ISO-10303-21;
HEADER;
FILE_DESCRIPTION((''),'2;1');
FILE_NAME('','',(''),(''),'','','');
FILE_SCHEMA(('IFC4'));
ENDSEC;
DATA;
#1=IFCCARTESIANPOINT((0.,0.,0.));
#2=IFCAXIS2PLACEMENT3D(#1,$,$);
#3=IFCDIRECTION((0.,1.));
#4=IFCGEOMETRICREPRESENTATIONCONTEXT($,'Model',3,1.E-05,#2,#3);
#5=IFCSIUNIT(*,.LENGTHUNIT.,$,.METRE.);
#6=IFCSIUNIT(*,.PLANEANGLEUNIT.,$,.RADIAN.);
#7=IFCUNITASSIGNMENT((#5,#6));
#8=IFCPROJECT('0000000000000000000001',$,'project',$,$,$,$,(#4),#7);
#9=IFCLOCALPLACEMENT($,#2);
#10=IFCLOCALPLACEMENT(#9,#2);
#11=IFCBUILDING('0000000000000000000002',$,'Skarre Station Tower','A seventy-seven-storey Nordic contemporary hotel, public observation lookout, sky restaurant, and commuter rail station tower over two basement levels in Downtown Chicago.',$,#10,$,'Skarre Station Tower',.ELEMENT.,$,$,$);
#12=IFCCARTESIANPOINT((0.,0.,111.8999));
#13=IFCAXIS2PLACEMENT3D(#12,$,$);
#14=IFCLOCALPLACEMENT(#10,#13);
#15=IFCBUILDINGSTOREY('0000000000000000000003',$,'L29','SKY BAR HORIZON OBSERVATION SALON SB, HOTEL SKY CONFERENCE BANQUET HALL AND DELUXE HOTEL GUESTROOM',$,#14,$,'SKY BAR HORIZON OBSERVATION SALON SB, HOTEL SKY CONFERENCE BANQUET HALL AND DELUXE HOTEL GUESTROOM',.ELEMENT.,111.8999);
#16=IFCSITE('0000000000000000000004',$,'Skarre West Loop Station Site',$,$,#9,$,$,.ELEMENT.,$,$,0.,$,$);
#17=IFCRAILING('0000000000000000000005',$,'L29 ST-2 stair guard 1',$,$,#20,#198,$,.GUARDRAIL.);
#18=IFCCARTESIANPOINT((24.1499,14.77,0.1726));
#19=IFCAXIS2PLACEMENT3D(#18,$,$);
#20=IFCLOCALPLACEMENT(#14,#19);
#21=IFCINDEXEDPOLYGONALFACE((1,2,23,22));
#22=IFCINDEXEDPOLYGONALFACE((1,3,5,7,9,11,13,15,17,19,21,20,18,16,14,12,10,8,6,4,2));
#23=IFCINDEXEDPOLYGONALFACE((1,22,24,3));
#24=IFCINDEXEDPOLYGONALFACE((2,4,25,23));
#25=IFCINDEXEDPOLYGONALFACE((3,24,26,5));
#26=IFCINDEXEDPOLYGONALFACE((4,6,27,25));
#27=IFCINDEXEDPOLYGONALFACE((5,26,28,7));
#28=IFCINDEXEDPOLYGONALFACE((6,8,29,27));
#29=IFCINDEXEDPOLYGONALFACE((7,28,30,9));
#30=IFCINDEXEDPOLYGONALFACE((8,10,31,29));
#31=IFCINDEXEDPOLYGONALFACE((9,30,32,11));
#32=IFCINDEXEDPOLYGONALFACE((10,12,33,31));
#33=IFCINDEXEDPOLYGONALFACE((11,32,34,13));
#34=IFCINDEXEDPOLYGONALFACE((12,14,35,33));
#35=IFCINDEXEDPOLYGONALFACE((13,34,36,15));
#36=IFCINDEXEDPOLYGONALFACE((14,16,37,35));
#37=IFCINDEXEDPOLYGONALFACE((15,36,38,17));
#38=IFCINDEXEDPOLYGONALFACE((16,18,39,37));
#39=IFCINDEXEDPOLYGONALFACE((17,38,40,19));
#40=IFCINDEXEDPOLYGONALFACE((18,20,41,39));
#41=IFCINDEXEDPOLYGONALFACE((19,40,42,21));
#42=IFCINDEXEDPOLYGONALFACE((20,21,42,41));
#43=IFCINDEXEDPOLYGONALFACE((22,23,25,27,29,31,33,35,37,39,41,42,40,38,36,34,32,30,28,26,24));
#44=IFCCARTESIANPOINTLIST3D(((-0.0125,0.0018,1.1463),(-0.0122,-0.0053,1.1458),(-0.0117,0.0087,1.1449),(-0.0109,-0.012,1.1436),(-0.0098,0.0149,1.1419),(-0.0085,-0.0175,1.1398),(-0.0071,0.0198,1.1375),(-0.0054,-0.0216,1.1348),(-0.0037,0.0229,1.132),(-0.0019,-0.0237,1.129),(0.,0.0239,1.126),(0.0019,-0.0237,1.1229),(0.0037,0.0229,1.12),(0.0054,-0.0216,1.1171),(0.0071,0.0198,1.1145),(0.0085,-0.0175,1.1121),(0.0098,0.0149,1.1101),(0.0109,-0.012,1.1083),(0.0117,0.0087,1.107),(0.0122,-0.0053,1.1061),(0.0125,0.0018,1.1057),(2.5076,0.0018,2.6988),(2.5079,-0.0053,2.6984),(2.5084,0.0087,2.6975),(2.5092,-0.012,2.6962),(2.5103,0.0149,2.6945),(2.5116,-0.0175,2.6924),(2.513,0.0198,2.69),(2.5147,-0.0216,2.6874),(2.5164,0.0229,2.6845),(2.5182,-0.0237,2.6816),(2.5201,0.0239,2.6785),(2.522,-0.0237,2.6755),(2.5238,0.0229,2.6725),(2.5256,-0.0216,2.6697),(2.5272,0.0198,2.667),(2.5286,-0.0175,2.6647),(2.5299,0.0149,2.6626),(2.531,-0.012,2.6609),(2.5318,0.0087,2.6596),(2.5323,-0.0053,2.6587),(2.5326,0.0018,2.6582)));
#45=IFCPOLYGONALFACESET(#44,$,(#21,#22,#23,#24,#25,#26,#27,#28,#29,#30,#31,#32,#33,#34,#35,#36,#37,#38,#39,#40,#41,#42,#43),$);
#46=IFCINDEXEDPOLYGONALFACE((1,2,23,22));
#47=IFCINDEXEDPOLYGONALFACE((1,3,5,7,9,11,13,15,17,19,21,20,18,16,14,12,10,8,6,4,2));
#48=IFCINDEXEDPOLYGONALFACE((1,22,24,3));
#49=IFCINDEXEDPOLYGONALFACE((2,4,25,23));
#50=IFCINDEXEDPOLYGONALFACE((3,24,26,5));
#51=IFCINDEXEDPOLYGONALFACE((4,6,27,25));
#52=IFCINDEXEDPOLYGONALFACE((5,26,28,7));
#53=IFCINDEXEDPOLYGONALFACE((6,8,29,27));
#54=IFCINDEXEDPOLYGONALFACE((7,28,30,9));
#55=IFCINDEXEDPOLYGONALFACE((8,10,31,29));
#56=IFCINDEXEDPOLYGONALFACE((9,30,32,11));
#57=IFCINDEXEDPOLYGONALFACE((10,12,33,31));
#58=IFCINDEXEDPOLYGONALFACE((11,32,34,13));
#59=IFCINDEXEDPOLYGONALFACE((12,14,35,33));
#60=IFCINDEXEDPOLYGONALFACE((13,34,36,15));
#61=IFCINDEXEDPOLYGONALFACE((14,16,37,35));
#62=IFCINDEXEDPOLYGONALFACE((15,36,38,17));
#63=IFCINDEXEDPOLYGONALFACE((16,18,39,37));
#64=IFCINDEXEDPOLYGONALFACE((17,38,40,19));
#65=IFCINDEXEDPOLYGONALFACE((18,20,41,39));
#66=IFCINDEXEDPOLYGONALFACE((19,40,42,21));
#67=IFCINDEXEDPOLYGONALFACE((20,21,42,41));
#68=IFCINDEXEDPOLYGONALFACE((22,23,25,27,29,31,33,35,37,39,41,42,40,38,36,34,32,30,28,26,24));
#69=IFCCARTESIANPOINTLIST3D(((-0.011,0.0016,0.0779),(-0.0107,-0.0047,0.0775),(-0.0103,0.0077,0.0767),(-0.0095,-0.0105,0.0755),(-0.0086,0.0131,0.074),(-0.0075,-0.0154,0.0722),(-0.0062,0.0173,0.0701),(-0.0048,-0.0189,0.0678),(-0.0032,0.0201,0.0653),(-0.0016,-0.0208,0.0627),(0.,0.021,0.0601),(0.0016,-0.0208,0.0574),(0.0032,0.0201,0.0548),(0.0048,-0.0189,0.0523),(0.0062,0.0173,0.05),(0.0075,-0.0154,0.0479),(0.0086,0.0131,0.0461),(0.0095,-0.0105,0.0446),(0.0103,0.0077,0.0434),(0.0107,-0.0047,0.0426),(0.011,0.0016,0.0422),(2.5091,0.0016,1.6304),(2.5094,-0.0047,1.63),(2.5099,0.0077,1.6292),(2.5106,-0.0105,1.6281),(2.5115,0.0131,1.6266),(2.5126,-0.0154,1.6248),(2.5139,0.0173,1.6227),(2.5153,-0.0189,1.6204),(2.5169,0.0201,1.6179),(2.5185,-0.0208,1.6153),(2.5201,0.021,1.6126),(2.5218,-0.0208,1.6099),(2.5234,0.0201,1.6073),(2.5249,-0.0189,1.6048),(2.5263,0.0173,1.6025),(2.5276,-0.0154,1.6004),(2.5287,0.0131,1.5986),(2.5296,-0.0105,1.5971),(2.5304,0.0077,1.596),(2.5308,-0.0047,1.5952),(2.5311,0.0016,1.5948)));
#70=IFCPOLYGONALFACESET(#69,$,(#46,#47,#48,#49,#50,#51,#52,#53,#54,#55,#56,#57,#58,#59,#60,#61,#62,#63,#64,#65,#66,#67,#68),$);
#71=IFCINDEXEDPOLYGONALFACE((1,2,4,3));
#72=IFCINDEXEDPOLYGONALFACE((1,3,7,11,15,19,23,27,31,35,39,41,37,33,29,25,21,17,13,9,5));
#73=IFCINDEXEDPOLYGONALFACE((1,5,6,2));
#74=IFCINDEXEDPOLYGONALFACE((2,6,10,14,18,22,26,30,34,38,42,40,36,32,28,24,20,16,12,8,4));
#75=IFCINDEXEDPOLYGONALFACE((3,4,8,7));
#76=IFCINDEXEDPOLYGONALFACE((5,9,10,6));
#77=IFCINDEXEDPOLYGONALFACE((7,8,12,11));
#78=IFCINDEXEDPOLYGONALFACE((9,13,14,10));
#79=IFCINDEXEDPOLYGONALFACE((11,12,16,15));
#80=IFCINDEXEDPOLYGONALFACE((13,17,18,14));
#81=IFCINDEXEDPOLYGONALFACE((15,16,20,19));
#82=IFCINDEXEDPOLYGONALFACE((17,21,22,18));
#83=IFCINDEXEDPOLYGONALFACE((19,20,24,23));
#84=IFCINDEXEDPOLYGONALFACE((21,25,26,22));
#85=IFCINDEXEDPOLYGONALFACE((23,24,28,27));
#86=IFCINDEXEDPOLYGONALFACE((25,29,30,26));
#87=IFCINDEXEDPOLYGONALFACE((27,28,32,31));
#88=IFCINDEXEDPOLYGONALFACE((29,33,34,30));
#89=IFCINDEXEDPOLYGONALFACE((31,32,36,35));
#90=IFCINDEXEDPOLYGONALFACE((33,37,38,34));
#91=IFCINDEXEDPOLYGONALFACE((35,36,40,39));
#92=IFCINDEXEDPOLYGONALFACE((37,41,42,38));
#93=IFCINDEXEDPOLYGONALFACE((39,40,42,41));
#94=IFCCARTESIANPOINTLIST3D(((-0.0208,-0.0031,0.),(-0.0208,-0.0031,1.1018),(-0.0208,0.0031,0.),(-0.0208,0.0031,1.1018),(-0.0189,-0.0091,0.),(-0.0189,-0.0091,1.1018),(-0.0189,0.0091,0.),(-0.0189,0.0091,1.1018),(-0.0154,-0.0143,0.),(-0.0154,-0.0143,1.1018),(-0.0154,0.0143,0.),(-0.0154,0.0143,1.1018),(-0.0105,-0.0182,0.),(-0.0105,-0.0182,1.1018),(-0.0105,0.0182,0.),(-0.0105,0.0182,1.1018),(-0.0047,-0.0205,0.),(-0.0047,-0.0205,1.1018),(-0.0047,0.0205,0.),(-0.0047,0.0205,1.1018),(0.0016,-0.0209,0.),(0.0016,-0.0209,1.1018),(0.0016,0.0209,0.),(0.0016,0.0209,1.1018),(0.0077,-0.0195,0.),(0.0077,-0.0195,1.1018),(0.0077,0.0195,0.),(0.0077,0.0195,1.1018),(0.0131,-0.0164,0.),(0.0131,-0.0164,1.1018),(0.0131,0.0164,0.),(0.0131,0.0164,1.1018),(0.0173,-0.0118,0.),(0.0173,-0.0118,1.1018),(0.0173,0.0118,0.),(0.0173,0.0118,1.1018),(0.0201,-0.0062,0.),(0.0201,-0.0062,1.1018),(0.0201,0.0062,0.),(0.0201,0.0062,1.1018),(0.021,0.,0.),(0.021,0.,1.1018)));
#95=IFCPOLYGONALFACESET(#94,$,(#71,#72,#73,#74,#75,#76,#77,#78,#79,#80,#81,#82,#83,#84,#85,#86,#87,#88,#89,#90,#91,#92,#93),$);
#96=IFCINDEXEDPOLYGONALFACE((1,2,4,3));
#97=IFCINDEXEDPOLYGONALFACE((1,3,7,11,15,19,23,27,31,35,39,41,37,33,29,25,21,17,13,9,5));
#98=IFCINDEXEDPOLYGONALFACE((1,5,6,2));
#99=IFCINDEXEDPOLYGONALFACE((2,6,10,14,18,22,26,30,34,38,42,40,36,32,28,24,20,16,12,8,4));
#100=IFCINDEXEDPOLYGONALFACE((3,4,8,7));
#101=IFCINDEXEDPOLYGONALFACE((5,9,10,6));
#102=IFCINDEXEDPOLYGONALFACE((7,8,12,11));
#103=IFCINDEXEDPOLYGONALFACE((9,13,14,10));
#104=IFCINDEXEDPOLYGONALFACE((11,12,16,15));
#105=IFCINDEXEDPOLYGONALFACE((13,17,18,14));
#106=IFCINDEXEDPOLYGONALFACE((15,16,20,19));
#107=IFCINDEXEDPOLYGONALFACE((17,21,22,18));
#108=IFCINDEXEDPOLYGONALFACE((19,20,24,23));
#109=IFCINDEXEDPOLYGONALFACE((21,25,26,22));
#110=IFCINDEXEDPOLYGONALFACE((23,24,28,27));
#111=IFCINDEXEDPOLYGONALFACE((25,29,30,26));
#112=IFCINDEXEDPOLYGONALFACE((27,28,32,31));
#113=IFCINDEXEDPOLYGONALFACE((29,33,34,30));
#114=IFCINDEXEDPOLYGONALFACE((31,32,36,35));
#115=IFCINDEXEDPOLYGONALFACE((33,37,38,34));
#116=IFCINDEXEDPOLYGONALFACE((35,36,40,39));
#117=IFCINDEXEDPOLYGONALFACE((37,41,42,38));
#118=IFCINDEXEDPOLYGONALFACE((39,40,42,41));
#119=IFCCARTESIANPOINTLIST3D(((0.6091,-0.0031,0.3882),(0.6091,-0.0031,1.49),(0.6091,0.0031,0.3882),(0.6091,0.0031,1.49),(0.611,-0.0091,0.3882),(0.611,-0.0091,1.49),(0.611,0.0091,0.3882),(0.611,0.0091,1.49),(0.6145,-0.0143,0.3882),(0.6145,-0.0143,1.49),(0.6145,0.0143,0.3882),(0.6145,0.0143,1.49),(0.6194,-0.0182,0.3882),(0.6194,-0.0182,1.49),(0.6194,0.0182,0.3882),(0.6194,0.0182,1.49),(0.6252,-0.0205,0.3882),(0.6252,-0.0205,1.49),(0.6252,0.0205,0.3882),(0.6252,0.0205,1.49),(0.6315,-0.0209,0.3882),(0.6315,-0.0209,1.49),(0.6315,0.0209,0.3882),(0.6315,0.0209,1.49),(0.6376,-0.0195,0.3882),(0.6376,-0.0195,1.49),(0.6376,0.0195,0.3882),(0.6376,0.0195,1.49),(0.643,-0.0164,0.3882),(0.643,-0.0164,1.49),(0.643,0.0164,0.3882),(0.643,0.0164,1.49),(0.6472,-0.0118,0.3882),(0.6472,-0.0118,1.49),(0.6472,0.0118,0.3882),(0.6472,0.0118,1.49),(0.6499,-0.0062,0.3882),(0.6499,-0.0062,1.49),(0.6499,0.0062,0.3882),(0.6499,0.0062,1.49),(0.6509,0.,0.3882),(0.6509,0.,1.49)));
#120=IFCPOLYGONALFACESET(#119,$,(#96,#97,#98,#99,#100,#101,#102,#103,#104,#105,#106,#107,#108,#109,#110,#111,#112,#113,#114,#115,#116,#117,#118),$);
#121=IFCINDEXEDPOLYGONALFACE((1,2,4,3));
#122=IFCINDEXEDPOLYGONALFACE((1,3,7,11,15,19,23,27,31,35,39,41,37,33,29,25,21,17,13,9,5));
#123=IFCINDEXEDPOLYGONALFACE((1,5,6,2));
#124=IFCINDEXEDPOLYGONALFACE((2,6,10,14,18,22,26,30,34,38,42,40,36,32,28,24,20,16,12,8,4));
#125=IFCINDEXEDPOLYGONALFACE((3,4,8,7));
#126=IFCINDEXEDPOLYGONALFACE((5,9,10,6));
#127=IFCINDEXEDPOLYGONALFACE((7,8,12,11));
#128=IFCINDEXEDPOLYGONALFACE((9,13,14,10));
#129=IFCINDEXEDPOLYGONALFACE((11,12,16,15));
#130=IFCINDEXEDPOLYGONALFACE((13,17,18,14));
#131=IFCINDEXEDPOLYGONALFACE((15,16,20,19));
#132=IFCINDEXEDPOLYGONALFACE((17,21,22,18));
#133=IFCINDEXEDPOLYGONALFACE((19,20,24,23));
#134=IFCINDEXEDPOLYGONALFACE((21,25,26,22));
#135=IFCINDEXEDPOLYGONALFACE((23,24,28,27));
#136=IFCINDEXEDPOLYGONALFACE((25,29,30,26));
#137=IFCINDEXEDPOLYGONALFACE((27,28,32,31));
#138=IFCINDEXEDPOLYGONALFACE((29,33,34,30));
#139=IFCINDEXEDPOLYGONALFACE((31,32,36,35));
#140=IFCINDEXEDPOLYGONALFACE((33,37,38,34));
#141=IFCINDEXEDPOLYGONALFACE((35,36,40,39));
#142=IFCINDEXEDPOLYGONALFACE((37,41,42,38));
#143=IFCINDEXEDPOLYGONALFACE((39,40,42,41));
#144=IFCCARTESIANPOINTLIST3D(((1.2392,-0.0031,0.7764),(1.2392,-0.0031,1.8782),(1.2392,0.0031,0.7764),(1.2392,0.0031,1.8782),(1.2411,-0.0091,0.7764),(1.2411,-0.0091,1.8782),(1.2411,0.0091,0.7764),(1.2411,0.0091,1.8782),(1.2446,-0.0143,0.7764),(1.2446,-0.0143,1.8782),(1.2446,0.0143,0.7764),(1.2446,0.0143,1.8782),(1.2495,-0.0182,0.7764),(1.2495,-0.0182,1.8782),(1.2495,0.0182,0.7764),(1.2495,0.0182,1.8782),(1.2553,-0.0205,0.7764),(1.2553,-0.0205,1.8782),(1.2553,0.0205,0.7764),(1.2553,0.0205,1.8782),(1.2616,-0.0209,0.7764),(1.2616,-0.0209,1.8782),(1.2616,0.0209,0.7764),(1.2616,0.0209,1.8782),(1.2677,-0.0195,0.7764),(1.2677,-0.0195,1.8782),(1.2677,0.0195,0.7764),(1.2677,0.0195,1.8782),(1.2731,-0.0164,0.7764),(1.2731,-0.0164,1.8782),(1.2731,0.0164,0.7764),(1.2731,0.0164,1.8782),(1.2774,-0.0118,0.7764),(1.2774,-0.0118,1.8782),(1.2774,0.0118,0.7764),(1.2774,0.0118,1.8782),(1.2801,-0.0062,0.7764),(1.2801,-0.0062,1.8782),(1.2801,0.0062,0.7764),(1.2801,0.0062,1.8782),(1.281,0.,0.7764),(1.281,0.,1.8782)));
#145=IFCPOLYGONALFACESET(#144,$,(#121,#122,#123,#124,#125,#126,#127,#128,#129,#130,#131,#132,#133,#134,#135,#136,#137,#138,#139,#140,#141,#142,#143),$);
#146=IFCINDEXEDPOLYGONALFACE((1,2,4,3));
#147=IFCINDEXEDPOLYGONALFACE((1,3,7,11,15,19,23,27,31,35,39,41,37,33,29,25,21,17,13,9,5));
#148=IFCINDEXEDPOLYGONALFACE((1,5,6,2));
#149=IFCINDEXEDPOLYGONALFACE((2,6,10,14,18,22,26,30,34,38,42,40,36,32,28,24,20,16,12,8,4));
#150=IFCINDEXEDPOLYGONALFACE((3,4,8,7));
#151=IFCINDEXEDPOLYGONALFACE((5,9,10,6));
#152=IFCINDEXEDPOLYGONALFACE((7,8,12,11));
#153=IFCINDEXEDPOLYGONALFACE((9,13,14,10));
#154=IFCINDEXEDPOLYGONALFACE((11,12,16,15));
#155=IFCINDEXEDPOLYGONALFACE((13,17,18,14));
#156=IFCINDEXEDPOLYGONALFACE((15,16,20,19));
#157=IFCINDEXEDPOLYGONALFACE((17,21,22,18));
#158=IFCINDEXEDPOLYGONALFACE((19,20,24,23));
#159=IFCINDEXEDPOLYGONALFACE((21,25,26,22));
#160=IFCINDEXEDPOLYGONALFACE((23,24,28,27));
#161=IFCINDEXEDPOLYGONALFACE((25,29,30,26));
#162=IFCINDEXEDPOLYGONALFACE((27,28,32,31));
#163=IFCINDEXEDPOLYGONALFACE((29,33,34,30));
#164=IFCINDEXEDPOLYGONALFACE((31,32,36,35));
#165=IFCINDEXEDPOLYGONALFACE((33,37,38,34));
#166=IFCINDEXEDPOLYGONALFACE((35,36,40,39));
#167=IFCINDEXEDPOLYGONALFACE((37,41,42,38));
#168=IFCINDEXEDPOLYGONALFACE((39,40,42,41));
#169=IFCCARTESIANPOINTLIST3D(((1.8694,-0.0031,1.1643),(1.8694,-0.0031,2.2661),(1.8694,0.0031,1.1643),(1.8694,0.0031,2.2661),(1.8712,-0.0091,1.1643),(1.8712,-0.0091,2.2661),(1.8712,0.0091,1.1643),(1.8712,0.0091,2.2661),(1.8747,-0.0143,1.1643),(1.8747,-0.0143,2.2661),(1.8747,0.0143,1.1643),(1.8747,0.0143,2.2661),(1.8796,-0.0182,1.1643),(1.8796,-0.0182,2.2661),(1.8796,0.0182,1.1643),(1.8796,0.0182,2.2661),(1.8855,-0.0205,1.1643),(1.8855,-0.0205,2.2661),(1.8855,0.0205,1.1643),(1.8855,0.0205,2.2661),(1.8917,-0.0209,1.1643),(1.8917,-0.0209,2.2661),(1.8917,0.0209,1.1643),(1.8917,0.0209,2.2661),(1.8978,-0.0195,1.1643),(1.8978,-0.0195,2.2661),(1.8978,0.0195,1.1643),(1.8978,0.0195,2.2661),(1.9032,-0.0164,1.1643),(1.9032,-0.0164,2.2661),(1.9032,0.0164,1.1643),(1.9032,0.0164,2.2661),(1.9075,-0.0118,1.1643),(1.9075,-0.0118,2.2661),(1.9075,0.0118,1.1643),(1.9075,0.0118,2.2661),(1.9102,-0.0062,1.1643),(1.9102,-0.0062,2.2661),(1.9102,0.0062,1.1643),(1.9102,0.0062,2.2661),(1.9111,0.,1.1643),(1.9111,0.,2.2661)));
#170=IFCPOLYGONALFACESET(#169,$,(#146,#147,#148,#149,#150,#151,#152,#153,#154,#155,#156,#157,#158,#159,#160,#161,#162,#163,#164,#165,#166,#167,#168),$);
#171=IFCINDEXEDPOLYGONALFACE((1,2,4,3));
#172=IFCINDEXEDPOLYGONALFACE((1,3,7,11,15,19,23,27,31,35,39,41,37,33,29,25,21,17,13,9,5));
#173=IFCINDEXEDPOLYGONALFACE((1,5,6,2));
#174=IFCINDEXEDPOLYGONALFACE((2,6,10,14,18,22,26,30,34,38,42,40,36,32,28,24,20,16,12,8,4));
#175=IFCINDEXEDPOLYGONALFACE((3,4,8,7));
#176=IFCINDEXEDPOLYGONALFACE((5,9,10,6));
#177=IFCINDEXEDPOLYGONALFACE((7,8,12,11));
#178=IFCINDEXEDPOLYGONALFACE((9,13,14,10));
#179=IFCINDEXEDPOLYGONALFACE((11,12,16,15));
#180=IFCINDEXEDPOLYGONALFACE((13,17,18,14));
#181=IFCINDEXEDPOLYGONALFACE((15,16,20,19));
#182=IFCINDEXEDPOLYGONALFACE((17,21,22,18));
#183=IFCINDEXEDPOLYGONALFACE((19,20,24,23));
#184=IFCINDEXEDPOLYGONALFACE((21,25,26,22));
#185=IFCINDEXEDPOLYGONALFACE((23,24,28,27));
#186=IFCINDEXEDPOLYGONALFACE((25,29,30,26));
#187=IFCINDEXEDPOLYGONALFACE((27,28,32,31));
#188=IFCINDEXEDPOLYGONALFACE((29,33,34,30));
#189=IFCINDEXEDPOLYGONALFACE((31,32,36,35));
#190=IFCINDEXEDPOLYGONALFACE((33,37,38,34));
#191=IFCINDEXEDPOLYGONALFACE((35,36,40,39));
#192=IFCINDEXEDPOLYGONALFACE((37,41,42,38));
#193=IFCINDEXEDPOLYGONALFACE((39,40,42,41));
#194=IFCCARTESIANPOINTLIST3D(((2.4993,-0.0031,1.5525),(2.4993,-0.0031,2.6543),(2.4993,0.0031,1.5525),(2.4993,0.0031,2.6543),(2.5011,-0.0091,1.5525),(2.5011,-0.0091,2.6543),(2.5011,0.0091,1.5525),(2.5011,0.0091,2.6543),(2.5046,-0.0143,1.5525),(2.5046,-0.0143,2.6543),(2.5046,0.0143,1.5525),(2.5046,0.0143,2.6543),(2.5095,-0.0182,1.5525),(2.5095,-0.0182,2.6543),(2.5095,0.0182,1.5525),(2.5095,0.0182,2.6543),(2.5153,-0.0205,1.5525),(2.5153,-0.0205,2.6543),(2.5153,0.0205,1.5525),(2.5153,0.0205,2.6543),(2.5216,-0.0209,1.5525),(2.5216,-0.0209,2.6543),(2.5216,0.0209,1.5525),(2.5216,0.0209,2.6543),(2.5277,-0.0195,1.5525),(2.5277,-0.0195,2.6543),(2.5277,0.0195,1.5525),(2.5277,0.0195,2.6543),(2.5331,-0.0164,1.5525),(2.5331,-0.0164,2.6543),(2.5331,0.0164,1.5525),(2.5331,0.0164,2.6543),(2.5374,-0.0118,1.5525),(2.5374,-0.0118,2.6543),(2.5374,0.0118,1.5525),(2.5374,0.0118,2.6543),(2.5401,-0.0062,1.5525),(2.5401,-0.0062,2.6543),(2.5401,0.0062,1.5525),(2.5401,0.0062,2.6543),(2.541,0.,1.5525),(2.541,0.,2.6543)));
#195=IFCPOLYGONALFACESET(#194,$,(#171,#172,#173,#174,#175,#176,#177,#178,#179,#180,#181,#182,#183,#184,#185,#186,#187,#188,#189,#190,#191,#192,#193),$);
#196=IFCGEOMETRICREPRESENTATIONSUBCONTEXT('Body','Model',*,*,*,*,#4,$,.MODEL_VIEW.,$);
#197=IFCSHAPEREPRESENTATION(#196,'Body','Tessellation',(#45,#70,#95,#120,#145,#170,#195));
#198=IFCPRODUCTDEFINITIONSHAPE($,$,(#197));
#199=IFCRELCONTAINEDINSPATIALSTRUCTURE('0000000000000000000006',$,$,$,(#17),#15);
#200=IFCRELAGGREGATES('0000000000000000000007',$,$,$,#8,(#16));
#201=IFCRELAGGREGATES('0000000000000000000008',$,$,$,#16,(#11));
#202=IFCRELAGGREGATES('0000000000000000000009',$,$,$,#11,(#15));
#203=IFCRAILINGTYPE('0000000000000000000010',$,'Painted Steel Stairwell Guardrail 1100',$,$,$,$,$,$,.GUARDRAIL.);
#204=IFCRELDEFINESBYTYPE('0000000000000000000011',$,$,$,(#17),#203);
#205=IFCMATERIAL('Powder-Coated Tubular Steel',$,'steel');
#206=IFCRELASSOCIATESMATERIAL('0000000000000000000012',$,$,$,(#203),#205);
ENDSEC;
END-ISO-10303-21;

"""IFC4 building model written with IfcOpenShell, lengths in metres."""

from ifc_helpers import new_model, si_unit, direction, frame, origin, origin_2d, place, context, subcontext, project, spatial, circle, extrude, material, type_object, element, save


model = new_model("IFC4")

# Units and contexts
model_context = context("Model", 3, precision=1e-05, world=origin(), true_north=direction((0.0, 1.0)))
body_context = subcontext(model_context, "Body", "Model", "MODEL_VIEW")
ifc_project = project(units=[si_unit("LENGTHUNIT", "METRE"), si_unit("PLANEANGLEUNIT", "RADIAN")], contexts=[model_context])

# Site, building, storey
site_placement = place(None, origin())
site = spatial("IfcSite", under=ifc_project, at=site_placement, Name="Skarre West Loop Station Site", CompositionType="ELEMENT", RefElevation=0.0)
building_placement = place(site_placement, origin())
building = spatial("IfcBuilding", under=site, at=building_placement, Name="Skarre Station Tower", Description="A seventy-seven-storey Nordic contemporary hotel, public observation lookout, sky restaurant, and commuter rail station tower over two basement levels in Downtown Chicago.", LongName="Skarre Station Tower", CompositionType="ELEMENT")
storey_placement = place(building_placement, frame((0.0, 0.0, 111.8999)))
storey = spatial("IfcBuildingStorey", under=building, at=storey_placement, Name="L29", Description="SKY BAR HORIZON OBSERVATION SALON SB, HOTEL SKY CONFERENCE BANQUET HALL AND DELUXE HOTEL GUESTROOM", LongName="SKY BAR HORIZON OBSERVATION SALON SB, HOTEL SKY CONFERENCE BANQUET HALL AND DELUXE HOTEL GUESTROOM", CompositionType="ELEMENT", Elevation=111.8999)

# Railing
ifc_material_1 = material(Name="Powder-Coated Tubular Steel", Category="steel")
railing_type_1 = type_object("IfcRailingType", Name="Painted Steel Stairwell Guardrail 1100", PredefinedType="GUARDRAIL", material=ifc_material_1)
railing_1_placement = place(storey_placement, frame((24.1499, 14.77, 0.1726)))
element("IfcRailing", 1, at=railing_1_placement, inside=storey, type_object=railing_type_1, Name="L29 ST-2 stair guard 1", PredefinedType="GUARDRAIL", context=body_context, shape_type="SweptSolid", body=[
    extrude(circle(Radius=0.0239, at=origin_2d()), frame((0.0, 0.0, 1.126), z_axis=(0.8514, 0.0, 0.524516), x_axis=(0.0, 1.0, 0.0)), (0.0, 0.0, 1.0), 2.96),
    extrude(circle(Radius=0.021, at=origin_2d()), frame((0.0, 0.0, 0.0601), z_axis=(0.8514, 0.0, 0.524516), x_axis=(0.0, 1.0, 0.0)), (0.0, 0.0, 1.0), 2.96),
    extrude(circle(Radius=0.021, at=origin_2d()), origin(), (0.0, 0.0, 1.0), 1.1018),
    extrude(circle(Radius=0.021, at=origin_2d()), frame((0.6299, 0.0, 0.3882)), (0.0, 0.0, 1.0), 1.1018),
    extrude(circle(Radius=0.021, at=origin_2d()), frame((1.26, 0.0, 0.7764)), (0.0, 0.0, 1.0), 1.1018),
    extrude(circle(Radius=0.021, at=origin_2d()), frame((1.8901, 0.0, 1.1643)), (0.0, 0.0, 1.0), 1.1018),
    extrude(circle(Radius=0.021, at=origin_2d()), frame((2.52, 0.0, 1.5525)), (0.0, 0.0, 1.0), 1.1018),
])

save(model, "model.ifc")
